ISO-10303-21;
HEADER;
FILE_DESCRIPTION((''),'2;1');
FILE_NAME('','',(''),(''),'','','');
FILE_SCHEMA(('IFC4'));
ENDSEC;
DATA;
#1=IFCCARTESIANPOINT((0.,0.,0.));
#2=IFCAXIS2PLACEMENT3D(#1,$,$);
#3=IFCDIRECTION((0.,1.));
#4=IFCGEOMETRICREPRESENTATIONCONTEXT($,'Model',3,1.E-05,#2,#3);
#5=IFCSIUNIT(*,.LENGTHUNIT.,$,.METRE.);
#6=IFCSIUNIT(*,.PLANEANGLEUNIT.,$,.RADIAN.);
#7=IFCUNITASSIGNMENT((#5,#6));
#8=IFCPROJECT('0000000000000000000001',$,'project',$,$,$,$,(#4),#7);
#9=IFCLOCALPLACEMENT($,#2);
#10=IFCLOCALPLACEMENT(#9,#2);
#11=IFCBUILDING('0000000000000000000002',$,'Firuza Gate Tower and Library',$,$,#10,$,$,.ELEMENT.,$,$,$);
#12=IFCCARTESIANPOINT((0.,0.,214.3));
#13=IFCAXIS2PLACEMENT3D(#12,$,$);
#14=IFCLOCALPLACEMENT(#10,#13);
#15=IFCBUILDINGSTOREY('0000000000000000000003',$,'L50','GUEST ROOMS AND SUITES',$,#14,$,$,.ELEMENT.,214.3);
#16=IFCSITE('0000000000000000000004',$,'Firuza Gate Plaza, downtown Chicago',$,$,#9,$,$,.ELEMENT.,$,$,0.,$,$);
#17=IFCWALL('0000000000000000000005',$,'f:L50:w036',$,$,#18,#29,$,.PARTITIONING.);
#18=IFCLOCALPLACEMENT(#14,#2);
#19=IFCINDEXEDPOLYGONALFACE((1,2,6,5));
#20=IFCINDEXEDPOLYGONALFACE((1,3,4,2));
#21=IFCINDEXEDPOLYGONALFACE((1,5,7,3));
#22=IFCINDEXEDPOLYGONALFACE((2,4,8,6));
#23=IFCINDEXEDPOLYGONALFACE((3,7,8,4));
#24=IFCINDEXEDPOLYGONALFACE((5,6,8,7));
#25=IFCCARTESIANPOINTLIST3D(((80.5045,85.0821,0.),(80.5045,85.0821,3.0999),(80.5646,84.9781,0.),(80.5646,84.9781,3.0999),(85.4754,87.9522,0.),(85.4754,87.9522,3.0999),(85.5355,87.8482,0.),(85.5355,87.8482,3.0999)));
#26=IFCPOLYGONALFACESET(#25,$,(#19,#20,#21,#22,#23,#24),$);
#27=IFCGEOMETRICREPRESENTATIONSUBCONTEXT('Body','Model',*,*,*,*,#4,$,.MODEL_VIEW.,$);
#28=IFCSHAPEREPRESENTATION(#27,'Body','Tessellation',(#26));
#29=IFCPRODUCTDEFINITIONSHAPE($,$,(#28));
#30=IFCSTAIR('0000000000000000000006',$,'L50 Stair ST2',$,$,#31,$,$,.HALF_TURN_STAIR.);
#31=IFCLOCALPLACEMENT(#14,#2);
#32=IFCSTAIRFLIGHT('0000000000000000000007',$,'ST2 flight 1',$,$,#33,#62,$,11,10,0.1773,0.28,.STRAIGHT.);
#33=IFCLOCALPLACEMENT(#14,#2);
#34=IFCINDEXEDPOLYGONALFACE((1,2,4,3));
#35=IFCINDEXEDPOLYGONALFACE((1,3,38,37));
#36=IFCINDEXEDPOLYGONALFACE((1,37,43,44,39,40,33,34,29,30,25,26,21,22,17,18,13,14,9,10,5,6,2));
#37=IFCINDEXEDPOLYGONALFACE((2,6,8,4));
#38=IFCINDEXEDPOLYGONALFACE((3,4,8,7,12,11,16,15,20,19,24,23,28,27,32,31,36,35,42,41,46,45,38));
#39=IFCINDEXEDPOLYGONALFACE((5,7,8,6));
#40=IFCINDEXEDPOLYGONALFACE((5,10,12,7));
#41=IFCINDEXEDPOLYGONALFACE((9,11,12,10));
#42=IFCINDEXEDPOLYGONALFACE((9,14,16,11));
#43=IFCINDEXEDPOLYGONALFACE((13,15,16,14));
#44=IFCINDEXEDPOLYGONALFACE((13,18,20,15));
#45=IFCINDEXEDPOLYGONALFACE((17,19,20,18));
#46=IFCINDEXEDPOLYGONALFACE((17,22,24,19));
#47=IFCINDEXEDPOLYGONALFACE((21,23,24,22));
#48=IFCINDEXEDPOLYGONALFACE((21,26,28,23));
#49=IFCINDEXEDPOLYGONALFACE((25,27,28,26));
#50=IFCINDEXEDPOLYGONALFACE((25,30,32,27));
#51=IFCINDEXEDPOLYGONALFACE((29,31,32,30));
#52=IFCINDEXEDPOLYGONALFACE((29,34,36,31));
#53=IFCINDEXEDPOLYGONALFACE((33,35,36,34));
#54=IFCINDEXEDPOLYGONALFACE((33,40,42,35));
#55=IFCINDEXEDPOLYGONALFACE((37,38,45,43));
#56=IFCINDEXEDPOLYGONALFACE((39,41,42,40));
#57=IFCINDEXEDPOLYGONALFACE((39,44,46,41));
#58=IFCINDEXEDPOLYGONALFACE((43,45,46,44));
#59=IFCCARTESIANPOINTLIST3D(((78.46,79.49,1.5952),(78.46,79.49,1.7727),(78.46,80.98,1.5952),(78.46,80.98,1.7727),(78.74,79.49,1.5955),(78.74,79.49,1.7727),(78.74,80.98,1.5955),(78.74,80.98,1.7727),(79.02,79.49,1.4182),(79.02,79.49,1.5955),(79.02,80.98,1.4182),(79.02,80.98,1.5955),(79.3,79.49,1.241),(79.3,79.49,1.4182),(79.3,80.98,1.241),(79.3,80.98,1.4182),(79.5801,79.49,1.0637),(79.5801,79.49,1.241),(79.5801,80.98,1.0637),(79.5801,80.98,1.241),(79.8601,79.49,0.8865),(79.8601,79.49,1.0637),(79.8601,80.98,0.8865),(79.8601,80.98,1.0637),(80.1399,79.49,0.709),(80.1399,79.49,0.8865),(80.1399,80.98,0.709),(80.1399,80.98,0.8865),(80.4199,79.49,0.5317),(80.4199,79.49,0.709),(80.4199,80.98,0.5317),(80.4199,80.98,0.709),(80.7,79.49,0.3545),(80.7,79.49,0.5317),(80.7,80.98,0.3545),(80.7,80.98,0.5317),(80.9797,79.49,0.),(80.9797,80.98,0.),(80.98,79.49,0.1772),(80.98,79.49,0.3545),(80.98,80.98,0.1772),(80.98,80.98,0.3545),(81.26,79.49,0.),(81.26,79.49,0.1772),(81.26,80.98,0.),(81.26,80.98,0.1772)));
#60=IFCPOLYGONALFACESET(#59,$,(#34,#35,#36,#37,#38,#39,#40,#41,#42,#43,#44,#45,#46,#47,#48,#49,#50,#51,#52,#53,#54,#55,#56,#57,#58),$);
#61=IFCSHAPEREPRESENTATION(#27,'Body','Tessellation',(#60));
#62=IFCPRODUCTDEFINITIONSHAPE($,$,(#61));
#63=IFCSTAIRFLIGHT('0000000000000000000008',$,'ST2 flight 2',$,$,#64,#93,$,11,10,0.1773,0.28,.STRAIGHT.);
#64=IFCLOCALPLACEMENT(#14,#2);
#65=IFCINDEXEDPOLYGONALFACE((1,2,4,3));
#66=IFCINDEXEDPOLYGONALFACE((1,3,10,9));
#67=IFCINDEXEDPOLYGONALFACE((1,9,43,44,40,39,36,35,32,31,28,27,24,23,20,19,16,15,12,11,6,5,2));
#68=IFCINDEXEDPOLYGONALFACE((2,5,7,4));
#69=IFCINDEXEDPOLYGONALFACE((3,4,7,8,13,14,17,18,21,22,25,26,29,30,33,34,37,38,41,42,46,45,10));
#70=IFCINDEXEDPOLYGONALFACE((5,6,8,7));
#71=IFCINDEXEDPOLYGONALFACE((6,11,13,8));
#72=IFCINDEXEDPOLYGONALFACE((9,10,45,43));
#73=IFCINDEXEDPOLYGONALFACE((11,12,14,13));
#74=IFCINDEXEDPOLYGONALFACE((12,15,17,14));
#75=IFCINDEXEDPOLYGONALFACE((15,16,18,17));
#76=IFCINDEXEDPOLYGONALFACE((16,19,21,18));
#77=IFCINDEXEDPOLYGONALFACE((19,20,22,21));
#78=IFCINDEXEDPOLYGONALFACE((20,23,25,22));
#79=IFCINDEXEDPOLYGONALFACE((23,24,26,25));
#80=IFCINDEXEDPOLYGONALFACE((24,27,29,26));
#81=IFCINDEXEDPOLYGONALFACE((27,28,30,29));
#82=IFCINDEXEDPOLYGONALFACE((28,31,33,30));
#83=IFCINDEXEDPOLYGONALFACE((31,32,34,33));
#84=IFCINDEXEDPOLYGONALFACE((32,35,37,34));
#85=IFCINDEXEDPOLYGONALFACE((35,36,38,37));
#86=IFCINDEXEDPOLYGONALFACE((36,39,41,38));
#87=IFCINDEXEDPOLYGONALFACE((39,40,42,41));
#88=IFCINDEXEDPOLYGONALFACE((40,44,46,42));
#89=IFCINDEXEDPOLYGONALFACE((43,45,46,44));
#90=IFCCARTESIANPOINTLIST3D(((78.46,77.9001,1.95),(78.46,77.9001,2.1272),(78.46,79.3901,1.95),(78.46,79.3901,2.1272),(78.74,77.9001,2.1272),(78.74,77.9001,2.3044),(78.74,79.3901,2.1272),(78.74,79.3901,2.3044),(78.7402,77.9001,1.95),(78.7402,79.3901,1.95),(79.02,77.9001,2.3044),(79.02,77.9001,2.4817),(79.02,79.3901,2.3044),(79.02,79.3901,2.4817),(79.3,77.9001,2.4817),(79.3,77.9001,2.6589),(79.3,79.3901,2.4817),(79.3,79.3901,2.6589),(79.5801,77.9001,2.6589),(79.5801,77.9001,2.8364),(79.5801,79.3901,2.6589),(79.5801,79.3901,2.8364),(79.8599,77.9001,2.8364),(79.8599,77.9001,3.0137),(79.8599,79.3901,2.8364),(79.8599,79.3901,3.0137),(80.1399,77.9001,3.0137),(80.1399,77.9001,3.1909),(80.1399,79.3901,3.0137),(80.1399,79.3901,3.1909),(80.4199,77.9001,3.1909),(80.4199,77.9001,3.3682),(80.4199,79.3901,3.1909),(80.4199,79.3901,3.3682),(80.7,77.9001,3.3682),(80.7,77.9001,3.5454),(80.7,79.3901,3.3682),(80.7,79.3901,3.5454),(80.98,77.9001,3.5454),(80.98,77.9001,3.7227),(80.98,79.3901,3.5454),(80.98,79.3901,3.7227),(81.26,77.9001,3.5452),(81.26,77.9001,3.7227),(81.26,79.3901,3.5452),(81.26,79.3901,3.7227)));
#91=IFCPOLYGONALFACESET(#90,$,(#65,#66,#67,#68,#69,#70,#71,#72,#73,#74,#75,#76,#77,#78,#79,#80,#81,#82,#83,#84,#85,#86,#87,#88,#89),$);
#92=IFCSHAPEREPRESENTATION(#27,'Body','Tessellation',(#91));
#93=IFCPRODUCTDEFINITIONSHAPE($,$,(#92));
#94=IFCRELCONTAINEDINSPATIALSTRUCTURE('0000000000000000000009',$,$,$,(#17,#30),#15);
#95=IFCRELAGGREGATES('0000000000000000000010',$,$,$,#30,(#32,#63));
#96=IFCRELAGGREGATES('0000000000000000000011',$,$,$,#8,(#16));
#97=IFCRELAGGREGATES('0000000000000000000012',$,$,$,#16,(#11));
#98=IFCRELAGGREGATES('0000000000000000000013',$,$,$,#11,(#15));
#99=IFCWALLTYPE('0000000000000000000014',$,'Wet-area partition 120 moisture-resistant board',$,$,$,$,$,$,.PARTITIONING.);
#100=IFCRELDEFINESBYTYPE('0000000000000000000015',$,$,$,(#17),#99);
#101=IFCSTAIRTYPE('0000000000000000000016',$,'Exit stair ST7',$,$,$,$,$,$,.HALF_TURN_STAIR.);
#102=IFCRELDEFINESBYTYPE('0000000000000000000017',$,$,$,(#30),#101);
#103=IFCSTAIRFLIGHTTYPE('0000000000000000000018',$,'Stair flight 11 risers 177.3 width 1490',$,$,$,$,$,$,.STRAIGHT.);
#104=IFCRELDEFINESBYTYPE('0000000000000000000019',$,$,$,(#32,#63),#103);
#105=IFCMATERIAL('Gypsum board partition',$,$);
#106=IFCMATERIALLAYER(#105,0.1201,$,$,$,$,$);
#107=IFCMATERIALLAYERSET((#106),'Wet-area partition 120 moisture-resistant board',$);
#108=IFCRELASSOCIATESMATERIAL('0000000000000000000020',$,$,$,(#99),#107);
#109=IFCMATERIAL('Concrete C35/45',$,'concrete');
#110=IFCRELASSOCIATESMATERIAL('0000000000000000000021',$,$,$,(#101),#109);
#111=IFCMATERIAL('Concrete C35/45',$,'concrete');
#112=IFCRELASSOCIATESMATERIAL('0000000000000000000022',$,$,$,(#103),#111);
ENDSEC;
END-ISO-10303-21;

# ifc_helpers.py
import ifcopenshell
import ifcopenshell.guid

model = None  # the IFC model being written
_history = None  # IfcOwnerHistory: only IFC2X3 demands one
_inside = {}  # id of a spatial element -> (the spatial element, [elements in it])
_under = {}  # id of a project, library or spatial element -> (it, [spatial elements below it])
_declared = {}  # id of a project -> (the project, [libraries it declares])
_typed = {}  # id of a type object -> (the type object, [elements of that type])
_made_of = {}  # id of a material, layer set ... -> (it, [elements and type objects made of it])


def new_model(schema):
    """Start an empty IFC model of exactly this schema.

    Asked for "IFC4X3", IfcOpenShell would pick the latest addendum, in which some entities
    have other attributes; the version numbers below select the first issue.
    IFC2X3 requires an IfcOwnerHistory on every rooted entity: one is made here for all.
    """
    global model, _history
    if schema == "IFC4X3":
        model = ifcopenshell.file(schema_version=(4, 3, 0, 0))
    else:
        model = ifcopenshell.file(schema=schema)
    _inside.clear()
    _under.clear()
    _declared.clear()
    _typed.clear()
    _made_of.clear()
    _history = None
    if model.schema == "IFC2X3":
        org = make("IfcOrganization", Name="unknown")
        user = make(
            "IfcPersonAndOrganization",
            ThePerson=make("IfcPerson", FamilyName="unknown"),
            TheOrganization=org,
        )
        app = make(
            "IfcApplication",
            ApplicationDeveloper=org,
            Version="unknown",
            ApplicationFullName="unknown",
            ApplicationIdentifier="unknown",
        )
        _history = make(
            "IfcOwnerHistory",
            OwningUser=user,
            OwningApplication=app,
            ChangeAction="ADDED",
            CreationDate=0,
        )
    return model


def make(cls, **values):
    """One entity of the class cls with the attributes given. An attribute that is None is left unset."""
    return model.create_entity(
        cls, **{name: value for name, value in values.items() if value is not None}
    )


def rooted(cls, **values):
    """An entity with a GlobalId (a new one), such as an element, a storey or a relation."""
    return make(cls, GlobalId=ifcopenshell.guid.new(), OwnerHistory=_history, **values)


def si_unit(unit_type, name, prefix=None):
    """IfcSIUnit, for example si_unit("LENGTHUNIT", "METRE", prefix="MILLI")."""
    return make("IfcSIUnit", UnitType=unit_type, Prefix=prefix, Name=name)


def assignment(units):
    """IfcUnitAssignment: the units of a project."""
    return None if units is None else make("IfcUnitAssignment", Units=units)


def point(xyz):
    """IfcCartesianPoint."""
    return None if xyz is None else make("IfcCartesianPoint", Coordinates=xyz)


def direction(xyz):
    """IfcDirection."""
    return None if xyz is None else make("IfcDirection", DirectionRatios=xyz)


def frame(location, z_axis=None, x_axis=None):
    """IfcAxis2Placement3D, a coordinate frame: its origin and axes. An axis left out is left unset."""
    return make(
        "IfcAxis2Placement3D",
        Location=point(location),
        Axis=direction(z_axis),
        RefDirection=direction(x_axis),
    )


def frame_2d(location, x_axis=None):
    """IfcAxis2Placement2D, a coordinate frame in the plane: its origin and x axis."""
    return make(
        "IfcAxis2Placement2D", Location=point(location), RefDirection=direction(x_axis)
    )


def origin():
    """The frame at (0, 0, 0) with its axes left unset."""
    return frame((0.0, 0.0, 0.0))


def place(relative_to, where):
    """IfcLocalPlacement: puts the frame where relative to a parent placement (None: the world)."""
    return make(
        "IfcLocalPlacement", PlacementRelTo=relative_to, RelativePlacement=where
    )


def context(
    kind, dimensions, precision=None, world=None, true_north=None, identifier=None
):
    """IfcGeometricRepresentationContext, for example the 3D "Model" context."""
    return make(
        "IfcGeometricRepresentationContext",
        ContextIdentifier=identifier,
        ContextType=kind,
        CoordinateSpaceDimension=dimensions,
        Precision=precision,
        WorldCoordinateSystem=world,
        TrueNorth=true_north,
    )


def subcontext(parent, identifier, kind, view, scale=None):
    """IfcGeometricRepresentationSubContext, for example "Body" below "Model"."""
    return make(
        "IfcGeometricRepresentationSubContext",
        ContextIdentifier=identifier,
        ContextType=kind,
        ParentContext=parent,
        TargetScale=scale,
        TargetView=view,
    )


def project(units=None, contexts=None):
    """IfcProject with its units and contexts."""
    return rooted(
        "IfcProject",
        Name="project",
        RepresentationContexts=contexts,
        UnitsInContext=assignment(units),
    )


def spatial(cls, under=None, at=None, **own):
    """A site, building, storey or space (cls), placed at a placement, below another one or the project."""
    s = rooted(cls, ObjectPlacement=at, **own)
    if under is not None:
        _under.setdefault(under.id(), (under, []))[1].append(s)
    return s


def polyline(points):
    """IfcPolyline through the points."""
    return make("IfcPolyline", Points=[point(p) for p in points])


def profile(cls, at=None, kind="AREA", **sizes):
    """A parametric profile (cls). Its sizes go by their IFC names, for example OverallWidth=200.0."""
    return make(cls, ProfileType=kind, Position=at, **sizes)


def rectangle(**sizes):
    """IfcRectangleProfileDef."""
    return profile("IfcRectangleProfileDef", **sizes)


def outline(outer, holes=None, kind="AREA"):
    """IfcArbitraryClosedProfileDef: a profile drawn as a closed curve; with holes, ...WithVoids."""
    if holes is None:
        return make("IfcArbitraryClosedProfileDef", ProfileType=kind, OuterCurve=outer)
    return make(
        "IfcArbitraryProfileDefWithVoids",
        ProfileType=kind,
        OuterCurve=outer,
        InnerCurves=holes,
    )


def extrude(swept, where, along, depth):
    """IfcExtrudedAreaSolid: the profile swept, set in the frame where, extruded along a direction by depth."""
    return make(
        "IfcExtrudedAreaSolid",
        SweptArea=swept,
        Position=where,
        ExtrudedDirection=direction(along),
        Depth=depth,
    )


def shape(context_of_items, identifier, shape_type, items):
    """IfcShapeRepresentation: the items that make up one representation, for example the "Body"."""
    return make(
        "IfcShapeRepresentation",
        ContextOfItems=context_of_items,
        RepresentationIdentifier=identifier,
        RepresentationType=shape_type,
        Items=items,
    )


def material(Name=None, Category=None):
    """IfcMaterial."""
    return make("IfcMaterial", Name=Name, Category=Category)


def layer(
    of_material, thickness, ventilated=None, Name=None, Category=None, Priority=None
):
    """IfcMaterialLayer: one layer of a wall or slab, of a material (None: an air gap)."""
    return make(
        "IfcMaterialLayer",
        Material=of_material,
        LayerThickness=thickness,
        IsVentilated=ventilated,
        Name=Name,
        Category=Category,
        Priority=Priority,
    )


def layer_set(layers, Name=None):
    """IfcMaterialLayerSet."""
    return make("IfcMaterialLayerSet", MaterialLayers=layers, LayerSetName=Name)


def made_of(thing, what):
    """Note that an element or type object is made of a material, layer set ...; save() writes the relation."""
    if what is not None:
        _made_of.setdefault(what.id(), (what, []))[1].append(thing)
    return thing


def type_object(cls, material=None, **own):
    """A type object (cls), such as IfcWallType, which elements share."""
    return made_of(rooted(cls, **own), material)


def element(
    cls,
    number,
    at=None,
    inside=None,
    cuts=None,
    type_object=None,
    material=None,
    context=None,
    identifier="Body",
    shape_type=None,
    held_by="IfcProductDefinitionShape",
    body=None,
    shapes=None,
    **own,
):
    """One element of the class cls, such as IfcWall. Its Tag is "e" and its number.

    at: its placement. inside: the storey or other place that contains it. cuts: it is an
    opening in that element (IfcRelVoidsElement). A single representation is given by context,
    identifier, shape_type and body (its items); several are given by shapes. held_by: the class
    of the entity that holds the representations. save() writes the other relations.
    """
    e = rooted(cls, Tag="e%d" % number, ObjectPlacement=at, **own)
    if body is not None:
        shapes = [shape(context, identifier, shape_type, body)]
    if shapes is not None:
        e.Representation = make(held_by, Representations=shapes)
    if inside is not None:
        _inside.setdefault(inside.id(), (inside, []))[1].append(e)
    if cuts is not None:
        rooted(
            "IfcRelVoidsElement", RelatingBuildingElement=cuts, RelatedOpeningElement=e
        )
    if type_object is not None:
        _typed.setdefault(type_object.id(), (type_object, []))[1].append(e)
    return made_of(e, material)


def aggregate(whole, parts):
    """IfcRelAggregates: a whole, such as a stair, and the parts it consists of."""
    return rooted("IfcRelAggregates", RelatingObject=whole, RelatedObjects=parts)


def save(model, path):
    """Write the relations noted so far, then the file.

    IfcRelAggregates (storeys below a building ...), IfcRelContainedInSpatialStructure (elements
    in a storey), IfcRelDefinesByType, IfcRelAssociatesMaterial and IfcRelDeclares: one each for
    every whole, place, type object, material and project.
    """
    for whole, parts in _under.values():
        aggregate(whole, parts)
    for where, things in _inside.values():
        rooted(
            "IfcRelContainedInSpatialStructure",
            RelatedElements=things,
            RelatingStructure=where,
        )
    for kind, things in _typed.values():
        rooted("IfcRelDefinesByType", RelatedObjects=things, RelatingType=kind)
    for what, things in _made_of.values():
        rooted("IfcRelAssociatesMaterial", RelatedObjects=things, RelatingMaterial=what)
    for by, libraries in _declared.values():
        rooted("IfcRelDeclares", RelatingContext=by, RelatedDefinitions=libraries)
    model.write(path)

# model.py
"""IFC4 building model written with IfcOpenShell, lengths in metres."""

from ifc_helpers import new_model, si_unit, direction, frame, frame_2d, origin, place, context, subcontext, project, spatial, polyline, rectangle, outline, extrude, material, layer, layer_set, type_object, element, aggregate, save


model = new_model("IFC4")

# Units and contexts
model_context = context("Model", 3, precision=1e-05, world=origin(), true_north=direction((0.0, 1.0)))
body_context = subcontext(model_context, "Body", "Model", "MODEL_VIEW")
ifc_project = project(units=[si_unit("LENGTHUNIT", "METRE"), si_unit("PLANEANGLEUNIT", "RADIAN")], contexts=[model_context])

# Site, building, storey
site_placement = place(None, origin())
site = spatial("IfcSite", under=ifc_project, at=site_placement, Name="Firuza Gate Plaza, downtown Chicago", CompositionType="ELEMENT", RefElevation=0.0)
building_placement = place(site_placement, origin())
building = spatial("IfcBuilding", under=site, at=building_placement, Name="Firuza Gate Tower and Library", CompositionType="ELEMENT")
storey_placement = place(building_placement, frame((0.0, 0.0, 214.3)))
storey = spatial("IfcBuildingStorey", under=building, at=storey_placement, Name="L50", Description="GUEST ROOMS AND SUITES", CompositionType="ELEMENT", Elevation=214.3)

# Wall
ifc_material_1 = material(Name="Gypsum board partition")
ifc_layer_1 = layer(ifc_material_1, 0.1201)
ifc_layer_set_1 = layer_set([ifc_layer_1], Name="Wet-area partition 120 moisture-resistant board")
wall_type_1 = type_object("IfcWallType", Name="Wet-area partition 120 moisture-resistant board", PredefinedType="PARTITIONING", material=ifc_layer_set_1)
wall_1_placement = place(storey_placement, frame((80.5344, 85.03, 0.0), z_axis=(0.0, 0.0, 1.0), x_axis=(0.866015, 0.500018, 0.0)))
element("IfcWall", 1, at=wall_1_placement, inside=storey, type_object=wall_type_1, Name="f:L50:w036", PredefinedType="PARTITIONING", context=body_context, shape_type="SweptSolid", body=[
    extrude(rectangle(XDim=5.74, YDim=0.1201, at=frame_2d((2.8701, 0.0))), origin(), (0.0, 0.0, 1.0), 3.0999),
])

# Stair, stair flights
ifc_material_2 = material(Name="Concrete C35/45", Category="concrete")
stair_type = type_object("IfcStairType", Name="Exit stair ST7", PredefinedType="HALF_TURN_STAIR", material=ifc_material_2)
stair_placement = place(storey_placement, origin())
stair = element("IfcStair", 2, at=stair_placement, inside=storey, type_object=stair_type, Name="L50 Stair ST2", PredefinedType="HALF_TURN_STAIR")
ifc_material_3 = material(Name="Concrete C35/45", Category="concrete")
stair_flight_type = type_object("IfcStairFlightType", Name="Stair flight 11 risers 177.3 width 1490", PredefinedType="STRAIGHT", material=ifc_material_3)
stair_flight_1_placement = place(storey_placement, frame((81.26, 80.2351, 0.0), z_axis=(0.0, 0.0, 1.0), x_axis=(-1.0, 0.0, 0.0)))
stair_flight_1 = element("IfcStairFlight", 3, at=stair_flight_1_placement, type_object=stair_flight_type, Name="ST2 flight 1", NumberOfRisers=11, NumberOfTreads=10, PredefinedType="STRAIGHT", RiserHeight=0.1773, TreadLength=0.28, context=body_context, shape_type="SweptSolid", body=[
    extrude(outline(polyline([(0.0, 0.0), (0.0, 0.1772), (0.28, 0.1772), (0.28, 0.3545), (0.5601, 0.3545), (0.5601, 0.5317), (0.8401, 0.5317), (0.8401, 0.709), (1.1201, 0.709), (1.1201, 0.8865), (1.3999, 0.8865), (1.3999, 1.0637), (1.6799, 1.0637), (1.6799, 1.241), (1.96, 1.241), (1.96, 1.4182), (2.24, 1.4182), (2.24, 1.5955), (2.52, 1.5955), (2.52, 1.7727), (2.8, 1.7727), (2.8, 1.95), (2.8, 1.5952), (0.2803, 0.0), (0.0, 0.0)])), frame((0.0, 0.7451, 0.0), z_axis=(0.0, -1.0, 0.0), x_axis=(1.0, 0.0, 0.0)), (0.0, 0.0, 1.0), 1.49),
])
stair_flight_2_placement = place(storey_placement, frame((78.46, 78.645, 1.95), z_axis=(0.0, 0.0, 1.0), x_axis=(1.0, 0.0, 0.0)))
stair_flight_2 = element("IfcStairFlight", 4, at=stair_flight_2_placement, type_object=stair_flight_type, Name="ST2 flight 2", NumberOfRisers=11, NumberOfTreads=10, PredefinedType="STRAIGHT", RiserHeight=0.1773, TreadLength=0.28, context=body_context, shape_type="SweptSolid", body=[
    extrude(outline(polyline([(0.0, 0.0), (0.0, 0.1772), (0.28, 0.1772), (0.28, 0.3545), (0.5601, 0.3545), (0.5601, 0.5317), (0.8401, 0.5317), (0.8401, 0.709), (1.1201, 0.709), (1.1201, 0.8865), (1.3999, 0.8865), (1.3999, 1.0637), (1.6799, 1.0637), (1.6799, 1.241), (1.96, 1.241), (1.96, 1.4182), (2.24, 1.4182), (2.24, 1.5955), (2.52, 1.5955), (2.52, 1.7727), (2.8, 1.7727), (2.8, 1.95), (2.8, 1.5952), (0.2803, 0.0), (0.0, 0.0)])), frame((0.0, 0.7451, 0.0), z_axis=(0.0, -1.0, 0.0), x_axis=(1.0, 0.0, 0.0)), (0.0, 0.0, 1.0), 1.49),
])
aggregate(stair, [stair_flight_1, stair_flight_2])

save(model, "model.ifc")
